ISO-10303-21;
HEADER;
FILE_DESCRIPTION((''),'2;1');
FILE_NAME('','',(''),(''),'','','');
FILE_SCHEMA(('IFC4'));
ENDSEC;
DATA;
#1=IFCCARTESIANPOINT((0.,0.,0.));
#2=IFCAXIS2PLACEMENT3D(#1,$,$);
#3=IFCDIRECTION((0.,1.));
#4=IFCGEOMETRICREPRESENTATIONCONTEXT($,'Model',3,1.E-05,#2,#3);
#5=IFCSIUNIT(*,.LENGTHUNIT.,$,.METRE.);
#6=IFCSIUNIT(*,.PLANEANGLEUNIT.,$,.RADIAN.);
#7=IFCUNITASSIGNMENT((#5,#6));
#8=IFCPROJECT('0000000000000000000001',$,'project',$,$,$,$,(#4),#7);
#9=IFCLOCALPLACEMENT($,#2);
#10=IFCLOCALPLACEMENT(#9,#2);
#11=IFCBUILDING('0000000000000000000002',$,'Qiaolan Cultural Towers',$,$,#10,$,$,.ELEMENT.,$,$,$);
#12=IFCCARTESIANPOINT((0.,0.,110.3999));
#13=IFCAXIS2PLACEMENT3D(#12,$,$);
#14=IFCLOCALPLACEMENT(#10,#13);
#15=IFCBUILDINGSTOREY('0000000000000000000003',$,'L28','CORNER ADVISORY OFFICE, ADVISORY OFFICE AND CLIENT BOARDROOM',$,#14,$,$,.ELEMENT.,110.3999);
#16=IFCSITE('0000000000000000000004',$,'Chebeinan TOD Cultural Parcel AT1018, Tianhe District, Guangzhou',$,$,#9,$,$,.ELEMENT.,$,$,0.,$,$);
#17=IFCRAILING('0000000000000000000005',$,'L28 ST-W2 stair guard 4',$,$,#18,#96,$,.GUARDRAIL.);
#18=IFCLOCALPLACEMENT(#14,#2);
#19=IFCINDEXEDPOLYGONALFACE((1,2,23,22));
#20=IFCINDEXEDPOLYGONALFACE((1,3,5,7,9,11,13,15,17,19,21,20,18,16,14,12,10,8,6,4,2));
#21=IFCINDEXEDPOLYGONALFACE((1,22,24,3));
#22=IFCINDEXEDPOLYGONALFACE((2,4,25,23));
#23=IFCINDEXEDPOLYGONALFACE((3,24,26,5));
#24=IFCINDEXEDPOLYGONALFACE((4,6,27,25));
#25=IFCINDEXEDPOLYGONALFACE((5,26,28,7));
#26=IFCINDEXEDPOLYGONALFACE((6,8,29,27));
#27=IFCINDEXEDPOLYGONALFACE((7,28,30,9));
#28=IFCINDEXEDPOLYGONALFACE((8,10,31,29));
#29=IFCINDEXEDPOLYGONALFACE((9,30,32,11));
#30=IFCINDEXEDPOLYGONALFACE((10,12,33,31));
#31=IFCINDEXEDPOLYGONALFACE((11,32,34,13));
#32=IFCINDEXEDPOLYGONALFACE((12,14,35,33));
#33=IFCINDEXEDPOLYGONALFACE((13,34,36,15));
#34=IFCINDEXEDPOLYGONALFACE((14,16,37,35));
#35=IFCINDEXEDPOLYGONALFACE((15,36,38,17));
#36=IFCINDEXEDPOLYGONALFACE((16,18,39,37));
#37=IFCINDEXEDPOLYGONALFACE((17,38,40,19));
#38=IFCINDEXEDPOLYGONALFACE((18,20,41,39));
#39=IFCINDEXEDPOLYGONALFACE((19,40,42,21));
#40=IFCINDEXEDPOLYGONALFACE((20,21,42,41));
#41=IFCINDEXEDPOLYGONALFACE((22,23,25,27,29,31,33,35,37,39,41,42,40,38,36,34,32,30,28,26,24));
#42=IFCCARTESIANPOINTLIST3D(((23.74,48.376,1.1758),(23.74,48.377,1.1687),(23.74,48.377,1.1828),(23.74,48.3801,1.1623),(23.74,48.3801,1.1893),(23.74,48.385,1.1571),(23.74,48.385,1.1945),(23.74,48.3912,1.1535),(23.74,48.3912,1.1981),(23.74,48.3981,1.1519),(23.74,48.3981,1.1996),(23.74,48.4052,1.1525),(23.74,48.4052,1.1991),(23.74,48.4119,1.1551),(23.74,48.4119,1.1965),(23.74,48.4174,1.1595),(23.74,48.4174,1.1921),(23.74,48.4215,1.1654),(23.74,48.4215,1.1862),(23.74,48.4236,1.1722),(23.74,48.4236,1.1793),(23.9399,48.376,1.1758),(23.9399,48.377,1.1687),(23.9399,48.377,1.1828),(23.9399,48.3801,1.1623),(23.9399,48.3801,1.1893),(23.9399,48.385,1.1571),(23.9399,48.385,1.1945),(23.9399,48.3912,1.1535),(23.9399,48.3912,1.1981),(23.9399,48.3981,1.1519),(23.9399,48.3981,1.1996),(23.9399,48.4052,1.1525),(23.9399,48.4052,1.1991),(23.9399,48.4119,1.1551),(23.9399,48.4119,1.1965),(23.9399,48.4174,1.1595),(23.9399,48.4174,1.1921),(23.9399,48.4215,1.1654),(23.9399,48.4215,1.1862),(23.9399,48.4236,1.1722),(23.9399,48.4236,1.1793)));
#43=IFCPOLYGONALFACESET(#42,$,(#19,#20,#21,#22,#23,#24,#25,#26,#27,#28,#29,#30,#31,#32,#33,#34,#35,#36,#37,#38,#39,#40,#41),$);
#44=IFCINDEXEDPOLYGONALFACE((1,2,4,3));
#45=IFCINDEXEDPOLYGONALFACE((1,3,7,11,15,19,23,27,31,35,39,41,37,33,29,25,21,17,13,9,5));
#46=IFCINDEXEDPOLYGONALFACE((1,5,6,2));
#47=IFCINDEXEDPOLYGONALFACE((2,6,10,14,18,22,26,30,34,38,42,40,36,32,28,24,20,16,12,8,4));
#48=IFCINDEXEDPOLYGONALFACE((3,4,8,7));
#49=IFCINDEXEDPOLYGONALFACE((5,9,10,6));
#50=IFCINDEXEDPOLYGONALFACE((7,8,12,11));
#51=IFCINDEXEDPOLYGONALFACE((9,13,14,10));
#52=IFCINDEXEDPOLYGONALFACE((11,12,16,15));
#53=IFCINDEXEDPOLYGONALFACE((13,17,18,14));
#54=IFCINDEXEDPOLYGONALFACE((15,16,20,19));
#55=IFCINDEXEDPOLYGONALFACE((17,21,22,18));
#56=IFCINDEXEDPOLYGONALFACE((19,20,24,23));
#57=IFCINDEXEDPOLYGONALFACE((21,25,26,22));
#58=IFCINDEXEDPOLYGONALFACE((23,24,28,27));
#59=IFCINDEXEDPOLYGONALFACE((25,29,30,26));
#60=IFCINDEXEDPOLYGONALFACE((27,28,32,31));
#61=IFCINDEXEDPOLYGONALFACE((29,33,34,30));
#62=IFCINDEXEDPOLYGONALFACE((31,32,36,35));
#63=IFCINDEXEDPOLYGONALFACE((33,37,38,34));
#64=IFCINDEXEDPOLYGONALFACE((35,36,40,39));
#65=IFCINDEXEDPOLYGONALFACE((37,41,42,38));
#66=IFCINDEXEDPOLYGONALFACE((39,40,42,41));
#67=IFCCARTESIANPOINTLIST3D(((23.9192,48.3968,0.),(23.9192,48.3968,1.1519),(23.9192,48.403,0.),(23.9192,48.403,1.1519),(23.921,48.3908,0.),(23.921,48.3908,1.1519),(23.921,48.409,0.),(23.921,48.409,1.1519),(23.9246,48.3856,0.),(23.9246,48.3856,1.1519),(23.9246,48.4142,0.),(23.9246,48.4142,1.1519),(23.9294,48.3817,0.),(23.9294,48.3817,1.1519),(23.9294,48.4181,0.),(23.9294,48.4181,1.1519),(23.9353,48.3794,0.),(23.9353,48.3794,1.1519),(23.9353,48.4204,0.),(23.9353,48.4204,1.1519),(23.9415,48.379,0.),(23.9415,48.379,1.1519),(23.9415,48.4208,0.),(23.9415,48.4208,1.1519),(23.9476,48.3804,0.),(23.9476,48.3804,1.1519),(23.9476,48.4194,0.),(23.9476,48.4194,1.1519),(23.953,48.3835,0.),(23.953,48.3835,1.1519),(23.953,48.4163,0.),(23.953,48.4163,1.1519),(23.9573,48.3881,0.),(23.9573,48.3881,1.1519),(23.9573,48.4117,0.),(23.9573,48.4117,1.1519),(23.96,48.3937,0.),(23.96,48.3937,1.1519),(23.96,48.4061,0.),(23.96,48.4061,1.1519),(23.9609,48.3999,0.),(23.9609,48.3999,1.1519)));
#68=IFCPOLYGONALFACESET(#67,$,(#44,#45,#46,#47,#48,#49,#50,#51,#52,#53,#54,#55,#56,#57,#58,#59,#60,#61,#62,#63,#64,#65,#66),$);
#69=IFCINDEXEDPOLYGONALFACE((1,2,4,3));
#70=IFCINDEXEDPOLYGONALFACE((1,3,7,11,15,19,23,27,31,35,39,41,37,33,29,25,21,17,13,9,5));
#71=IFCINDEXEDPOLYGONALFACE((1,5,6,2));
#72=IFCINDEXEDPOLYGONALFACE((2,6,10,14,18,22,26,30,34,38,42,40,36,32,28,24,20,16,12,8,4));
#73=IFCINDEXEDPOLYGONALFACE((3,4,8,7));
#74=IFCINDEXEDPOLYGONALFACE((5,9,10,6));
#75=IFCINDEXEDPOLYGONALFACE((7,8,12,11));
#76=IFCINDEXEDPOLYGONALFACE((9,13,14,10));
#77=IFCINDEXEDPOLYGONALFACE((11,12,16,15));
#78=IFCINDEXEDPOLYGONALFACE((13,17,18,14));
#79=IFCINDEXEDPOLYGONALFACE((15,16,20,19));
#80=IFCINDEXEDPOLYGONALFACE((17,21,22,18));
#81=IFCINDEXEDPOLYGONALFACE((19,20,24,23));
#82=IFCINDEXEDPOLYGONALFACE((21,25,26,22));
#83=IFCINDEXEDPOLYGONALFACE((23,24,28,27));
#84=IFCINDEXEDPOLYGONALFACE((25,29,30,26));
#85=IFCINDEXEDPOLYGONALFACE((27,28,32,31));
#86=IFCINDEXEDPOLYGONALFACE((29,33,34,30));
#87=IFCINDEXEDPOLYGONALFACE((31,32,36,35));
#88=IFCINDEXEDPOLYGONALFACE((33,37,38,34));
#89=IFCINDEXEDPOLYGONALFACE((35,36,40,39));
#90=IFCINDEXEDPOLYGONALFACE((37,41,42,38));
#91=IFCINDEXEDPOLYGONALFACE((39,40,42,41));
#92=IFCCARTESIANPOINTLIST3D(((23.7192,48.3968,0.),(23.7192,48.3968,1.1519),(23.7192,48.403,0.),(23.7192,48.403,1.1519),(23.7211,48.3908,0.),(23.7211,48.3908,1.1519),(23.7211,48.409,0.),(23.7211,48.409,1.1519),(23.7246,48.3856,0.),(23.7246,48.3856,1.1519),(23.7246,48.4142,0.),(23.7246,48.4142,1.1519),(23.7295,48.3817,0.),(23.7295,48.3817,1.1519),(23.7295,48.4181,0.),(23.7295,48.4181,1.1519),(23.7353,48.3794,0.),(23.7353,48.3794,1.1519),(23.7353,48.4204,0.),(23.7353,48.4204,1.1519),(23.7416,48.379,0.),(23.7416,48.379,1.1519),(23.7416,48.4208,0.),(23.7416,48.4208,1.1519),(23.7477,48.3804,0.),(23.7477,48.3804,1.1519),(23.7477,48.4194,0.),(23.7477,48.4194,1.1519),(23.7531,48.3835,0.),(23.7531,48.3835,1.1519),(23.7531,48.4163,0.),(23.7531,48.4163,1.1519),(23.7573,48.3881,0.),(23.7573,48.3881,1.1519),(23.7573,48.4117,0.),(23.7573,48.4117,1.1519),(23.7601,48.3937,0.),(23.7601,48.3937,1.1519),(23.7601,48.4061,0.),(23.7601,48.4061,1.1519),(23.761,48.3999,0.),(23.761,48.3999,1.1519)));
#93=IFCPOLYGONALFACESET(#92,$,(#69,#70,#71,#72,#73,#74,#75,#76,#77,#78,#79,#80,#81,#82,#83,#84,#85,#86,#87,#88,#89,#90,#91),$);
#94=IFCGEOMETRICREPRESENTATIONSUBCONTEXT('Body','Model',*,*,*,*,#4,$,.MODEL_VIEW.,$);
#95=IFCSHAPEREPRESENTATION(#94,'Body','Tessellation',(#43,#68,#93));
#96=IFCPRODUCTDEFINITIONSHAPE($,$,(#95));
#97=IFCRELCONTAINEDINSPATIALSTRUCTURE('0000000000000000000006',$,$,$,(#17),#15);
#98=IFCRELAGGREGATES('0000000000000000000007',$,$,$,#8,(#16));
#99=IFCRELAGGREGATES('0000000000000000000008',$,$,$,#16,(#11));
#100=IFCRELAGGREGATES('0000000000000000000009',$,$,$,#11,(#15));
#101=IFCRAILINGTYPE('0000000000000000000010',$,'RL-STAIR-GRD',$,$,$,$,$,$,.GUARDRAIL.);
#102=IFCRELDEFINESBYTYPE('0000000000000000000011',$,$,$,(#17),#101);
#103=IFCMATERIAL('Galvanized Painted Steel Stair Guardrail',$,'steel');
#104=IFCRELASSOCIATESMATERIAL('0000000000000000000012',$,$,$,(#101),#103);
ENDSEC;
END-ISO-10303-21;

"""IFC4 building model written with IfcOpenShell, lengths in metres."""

from ifc_helpers import new_model, si_unit, direction, frame, origin, origin_2d, place, context, subcontext, project, spatial, circle, extrude, material, type_object, element, save


model = new_model("IFC4")

# Units and contexts
model_context = context("Model", 3, precision=1e-05, world=origin(), true_north=direction((0.0, 1.0)))
body_context = subcontext(model_context, "Body", "Model", "MODEL_VIEW")
ifc_project = project(units=[si_unit("LENGTHUNIT", "METRE"), si_unit("PLANEANGLEUNIT", "RADIAN")], contexts=[model_context])

# Site, building, storey
site_placement = place(None, origin())
site = spatial("IfcSite", under=ifc_project, at=site_placement, Name="Chebeinan TOD Cultural Parcel AT1018, Tianhe District, Guangzhou", CompositionType="ELEMENT", RefElevation=0.0)
building_placement = place(site_placement, origin())
building = spatial("IfcBuilding", under=site, at=building_placement, Name="Qiaolan Cultural Towers", CompositionType="ELEMENT")
storey_placement = place(building_placement, frame((0.0, 0.0, 110.3999)))
storey = spatial("IfcBuildingStorey", under=building, at=storey_placement, Name="L28", Description="CORNER ADVISORY OFFICE, ADVISORY OFFICE AND CLIENT BOARDROOM", CompositionType="ELEMENT", Elevation=110.3999)

# Railing
ifc_material_1 = material(Name="Galvanized Painted Steel Stair Guardrail", Category="steel")
railing_type_1 = type_object("IfcRailingType", Name="RL-STAIR-GRD", PredefinedType="GUARDRAIL", material=ifc_material_1)
railing_1_placement = place(storey_placement, frame((23.9399, 48.3999, 0.0)))
element("IfcRailing", 1, at=railing_1_placement, inside=storey, type_object=railing_type_1, Name="L28 ST-W2 stair guard 4", PredefinedType="GUARDRAIL", context=body_context, shape_type="SweptSolid", body=[
    extrude(circle(Radius=0.0239, at=origin_2d()), frame((0.0, 0.0, 1.1758), z_axis=(-1.0, 0.0, 0.0), x_axis=(0.0, -1.0, 0.0)), (0.0, 0.0, 1.0), 0.2),
    extrude(circle(Radius=0.021, at=origin_2d()), origin(), (0.0, 0.0, 1.0), 1.1519),
    extrude(circle(Radius=0.021, at=origin_2d()), frame((-0.2, 0.0, 0.0)), (0.0, 0.0, 1.0), 1.1519),
])

save(model, "model.ifc")
